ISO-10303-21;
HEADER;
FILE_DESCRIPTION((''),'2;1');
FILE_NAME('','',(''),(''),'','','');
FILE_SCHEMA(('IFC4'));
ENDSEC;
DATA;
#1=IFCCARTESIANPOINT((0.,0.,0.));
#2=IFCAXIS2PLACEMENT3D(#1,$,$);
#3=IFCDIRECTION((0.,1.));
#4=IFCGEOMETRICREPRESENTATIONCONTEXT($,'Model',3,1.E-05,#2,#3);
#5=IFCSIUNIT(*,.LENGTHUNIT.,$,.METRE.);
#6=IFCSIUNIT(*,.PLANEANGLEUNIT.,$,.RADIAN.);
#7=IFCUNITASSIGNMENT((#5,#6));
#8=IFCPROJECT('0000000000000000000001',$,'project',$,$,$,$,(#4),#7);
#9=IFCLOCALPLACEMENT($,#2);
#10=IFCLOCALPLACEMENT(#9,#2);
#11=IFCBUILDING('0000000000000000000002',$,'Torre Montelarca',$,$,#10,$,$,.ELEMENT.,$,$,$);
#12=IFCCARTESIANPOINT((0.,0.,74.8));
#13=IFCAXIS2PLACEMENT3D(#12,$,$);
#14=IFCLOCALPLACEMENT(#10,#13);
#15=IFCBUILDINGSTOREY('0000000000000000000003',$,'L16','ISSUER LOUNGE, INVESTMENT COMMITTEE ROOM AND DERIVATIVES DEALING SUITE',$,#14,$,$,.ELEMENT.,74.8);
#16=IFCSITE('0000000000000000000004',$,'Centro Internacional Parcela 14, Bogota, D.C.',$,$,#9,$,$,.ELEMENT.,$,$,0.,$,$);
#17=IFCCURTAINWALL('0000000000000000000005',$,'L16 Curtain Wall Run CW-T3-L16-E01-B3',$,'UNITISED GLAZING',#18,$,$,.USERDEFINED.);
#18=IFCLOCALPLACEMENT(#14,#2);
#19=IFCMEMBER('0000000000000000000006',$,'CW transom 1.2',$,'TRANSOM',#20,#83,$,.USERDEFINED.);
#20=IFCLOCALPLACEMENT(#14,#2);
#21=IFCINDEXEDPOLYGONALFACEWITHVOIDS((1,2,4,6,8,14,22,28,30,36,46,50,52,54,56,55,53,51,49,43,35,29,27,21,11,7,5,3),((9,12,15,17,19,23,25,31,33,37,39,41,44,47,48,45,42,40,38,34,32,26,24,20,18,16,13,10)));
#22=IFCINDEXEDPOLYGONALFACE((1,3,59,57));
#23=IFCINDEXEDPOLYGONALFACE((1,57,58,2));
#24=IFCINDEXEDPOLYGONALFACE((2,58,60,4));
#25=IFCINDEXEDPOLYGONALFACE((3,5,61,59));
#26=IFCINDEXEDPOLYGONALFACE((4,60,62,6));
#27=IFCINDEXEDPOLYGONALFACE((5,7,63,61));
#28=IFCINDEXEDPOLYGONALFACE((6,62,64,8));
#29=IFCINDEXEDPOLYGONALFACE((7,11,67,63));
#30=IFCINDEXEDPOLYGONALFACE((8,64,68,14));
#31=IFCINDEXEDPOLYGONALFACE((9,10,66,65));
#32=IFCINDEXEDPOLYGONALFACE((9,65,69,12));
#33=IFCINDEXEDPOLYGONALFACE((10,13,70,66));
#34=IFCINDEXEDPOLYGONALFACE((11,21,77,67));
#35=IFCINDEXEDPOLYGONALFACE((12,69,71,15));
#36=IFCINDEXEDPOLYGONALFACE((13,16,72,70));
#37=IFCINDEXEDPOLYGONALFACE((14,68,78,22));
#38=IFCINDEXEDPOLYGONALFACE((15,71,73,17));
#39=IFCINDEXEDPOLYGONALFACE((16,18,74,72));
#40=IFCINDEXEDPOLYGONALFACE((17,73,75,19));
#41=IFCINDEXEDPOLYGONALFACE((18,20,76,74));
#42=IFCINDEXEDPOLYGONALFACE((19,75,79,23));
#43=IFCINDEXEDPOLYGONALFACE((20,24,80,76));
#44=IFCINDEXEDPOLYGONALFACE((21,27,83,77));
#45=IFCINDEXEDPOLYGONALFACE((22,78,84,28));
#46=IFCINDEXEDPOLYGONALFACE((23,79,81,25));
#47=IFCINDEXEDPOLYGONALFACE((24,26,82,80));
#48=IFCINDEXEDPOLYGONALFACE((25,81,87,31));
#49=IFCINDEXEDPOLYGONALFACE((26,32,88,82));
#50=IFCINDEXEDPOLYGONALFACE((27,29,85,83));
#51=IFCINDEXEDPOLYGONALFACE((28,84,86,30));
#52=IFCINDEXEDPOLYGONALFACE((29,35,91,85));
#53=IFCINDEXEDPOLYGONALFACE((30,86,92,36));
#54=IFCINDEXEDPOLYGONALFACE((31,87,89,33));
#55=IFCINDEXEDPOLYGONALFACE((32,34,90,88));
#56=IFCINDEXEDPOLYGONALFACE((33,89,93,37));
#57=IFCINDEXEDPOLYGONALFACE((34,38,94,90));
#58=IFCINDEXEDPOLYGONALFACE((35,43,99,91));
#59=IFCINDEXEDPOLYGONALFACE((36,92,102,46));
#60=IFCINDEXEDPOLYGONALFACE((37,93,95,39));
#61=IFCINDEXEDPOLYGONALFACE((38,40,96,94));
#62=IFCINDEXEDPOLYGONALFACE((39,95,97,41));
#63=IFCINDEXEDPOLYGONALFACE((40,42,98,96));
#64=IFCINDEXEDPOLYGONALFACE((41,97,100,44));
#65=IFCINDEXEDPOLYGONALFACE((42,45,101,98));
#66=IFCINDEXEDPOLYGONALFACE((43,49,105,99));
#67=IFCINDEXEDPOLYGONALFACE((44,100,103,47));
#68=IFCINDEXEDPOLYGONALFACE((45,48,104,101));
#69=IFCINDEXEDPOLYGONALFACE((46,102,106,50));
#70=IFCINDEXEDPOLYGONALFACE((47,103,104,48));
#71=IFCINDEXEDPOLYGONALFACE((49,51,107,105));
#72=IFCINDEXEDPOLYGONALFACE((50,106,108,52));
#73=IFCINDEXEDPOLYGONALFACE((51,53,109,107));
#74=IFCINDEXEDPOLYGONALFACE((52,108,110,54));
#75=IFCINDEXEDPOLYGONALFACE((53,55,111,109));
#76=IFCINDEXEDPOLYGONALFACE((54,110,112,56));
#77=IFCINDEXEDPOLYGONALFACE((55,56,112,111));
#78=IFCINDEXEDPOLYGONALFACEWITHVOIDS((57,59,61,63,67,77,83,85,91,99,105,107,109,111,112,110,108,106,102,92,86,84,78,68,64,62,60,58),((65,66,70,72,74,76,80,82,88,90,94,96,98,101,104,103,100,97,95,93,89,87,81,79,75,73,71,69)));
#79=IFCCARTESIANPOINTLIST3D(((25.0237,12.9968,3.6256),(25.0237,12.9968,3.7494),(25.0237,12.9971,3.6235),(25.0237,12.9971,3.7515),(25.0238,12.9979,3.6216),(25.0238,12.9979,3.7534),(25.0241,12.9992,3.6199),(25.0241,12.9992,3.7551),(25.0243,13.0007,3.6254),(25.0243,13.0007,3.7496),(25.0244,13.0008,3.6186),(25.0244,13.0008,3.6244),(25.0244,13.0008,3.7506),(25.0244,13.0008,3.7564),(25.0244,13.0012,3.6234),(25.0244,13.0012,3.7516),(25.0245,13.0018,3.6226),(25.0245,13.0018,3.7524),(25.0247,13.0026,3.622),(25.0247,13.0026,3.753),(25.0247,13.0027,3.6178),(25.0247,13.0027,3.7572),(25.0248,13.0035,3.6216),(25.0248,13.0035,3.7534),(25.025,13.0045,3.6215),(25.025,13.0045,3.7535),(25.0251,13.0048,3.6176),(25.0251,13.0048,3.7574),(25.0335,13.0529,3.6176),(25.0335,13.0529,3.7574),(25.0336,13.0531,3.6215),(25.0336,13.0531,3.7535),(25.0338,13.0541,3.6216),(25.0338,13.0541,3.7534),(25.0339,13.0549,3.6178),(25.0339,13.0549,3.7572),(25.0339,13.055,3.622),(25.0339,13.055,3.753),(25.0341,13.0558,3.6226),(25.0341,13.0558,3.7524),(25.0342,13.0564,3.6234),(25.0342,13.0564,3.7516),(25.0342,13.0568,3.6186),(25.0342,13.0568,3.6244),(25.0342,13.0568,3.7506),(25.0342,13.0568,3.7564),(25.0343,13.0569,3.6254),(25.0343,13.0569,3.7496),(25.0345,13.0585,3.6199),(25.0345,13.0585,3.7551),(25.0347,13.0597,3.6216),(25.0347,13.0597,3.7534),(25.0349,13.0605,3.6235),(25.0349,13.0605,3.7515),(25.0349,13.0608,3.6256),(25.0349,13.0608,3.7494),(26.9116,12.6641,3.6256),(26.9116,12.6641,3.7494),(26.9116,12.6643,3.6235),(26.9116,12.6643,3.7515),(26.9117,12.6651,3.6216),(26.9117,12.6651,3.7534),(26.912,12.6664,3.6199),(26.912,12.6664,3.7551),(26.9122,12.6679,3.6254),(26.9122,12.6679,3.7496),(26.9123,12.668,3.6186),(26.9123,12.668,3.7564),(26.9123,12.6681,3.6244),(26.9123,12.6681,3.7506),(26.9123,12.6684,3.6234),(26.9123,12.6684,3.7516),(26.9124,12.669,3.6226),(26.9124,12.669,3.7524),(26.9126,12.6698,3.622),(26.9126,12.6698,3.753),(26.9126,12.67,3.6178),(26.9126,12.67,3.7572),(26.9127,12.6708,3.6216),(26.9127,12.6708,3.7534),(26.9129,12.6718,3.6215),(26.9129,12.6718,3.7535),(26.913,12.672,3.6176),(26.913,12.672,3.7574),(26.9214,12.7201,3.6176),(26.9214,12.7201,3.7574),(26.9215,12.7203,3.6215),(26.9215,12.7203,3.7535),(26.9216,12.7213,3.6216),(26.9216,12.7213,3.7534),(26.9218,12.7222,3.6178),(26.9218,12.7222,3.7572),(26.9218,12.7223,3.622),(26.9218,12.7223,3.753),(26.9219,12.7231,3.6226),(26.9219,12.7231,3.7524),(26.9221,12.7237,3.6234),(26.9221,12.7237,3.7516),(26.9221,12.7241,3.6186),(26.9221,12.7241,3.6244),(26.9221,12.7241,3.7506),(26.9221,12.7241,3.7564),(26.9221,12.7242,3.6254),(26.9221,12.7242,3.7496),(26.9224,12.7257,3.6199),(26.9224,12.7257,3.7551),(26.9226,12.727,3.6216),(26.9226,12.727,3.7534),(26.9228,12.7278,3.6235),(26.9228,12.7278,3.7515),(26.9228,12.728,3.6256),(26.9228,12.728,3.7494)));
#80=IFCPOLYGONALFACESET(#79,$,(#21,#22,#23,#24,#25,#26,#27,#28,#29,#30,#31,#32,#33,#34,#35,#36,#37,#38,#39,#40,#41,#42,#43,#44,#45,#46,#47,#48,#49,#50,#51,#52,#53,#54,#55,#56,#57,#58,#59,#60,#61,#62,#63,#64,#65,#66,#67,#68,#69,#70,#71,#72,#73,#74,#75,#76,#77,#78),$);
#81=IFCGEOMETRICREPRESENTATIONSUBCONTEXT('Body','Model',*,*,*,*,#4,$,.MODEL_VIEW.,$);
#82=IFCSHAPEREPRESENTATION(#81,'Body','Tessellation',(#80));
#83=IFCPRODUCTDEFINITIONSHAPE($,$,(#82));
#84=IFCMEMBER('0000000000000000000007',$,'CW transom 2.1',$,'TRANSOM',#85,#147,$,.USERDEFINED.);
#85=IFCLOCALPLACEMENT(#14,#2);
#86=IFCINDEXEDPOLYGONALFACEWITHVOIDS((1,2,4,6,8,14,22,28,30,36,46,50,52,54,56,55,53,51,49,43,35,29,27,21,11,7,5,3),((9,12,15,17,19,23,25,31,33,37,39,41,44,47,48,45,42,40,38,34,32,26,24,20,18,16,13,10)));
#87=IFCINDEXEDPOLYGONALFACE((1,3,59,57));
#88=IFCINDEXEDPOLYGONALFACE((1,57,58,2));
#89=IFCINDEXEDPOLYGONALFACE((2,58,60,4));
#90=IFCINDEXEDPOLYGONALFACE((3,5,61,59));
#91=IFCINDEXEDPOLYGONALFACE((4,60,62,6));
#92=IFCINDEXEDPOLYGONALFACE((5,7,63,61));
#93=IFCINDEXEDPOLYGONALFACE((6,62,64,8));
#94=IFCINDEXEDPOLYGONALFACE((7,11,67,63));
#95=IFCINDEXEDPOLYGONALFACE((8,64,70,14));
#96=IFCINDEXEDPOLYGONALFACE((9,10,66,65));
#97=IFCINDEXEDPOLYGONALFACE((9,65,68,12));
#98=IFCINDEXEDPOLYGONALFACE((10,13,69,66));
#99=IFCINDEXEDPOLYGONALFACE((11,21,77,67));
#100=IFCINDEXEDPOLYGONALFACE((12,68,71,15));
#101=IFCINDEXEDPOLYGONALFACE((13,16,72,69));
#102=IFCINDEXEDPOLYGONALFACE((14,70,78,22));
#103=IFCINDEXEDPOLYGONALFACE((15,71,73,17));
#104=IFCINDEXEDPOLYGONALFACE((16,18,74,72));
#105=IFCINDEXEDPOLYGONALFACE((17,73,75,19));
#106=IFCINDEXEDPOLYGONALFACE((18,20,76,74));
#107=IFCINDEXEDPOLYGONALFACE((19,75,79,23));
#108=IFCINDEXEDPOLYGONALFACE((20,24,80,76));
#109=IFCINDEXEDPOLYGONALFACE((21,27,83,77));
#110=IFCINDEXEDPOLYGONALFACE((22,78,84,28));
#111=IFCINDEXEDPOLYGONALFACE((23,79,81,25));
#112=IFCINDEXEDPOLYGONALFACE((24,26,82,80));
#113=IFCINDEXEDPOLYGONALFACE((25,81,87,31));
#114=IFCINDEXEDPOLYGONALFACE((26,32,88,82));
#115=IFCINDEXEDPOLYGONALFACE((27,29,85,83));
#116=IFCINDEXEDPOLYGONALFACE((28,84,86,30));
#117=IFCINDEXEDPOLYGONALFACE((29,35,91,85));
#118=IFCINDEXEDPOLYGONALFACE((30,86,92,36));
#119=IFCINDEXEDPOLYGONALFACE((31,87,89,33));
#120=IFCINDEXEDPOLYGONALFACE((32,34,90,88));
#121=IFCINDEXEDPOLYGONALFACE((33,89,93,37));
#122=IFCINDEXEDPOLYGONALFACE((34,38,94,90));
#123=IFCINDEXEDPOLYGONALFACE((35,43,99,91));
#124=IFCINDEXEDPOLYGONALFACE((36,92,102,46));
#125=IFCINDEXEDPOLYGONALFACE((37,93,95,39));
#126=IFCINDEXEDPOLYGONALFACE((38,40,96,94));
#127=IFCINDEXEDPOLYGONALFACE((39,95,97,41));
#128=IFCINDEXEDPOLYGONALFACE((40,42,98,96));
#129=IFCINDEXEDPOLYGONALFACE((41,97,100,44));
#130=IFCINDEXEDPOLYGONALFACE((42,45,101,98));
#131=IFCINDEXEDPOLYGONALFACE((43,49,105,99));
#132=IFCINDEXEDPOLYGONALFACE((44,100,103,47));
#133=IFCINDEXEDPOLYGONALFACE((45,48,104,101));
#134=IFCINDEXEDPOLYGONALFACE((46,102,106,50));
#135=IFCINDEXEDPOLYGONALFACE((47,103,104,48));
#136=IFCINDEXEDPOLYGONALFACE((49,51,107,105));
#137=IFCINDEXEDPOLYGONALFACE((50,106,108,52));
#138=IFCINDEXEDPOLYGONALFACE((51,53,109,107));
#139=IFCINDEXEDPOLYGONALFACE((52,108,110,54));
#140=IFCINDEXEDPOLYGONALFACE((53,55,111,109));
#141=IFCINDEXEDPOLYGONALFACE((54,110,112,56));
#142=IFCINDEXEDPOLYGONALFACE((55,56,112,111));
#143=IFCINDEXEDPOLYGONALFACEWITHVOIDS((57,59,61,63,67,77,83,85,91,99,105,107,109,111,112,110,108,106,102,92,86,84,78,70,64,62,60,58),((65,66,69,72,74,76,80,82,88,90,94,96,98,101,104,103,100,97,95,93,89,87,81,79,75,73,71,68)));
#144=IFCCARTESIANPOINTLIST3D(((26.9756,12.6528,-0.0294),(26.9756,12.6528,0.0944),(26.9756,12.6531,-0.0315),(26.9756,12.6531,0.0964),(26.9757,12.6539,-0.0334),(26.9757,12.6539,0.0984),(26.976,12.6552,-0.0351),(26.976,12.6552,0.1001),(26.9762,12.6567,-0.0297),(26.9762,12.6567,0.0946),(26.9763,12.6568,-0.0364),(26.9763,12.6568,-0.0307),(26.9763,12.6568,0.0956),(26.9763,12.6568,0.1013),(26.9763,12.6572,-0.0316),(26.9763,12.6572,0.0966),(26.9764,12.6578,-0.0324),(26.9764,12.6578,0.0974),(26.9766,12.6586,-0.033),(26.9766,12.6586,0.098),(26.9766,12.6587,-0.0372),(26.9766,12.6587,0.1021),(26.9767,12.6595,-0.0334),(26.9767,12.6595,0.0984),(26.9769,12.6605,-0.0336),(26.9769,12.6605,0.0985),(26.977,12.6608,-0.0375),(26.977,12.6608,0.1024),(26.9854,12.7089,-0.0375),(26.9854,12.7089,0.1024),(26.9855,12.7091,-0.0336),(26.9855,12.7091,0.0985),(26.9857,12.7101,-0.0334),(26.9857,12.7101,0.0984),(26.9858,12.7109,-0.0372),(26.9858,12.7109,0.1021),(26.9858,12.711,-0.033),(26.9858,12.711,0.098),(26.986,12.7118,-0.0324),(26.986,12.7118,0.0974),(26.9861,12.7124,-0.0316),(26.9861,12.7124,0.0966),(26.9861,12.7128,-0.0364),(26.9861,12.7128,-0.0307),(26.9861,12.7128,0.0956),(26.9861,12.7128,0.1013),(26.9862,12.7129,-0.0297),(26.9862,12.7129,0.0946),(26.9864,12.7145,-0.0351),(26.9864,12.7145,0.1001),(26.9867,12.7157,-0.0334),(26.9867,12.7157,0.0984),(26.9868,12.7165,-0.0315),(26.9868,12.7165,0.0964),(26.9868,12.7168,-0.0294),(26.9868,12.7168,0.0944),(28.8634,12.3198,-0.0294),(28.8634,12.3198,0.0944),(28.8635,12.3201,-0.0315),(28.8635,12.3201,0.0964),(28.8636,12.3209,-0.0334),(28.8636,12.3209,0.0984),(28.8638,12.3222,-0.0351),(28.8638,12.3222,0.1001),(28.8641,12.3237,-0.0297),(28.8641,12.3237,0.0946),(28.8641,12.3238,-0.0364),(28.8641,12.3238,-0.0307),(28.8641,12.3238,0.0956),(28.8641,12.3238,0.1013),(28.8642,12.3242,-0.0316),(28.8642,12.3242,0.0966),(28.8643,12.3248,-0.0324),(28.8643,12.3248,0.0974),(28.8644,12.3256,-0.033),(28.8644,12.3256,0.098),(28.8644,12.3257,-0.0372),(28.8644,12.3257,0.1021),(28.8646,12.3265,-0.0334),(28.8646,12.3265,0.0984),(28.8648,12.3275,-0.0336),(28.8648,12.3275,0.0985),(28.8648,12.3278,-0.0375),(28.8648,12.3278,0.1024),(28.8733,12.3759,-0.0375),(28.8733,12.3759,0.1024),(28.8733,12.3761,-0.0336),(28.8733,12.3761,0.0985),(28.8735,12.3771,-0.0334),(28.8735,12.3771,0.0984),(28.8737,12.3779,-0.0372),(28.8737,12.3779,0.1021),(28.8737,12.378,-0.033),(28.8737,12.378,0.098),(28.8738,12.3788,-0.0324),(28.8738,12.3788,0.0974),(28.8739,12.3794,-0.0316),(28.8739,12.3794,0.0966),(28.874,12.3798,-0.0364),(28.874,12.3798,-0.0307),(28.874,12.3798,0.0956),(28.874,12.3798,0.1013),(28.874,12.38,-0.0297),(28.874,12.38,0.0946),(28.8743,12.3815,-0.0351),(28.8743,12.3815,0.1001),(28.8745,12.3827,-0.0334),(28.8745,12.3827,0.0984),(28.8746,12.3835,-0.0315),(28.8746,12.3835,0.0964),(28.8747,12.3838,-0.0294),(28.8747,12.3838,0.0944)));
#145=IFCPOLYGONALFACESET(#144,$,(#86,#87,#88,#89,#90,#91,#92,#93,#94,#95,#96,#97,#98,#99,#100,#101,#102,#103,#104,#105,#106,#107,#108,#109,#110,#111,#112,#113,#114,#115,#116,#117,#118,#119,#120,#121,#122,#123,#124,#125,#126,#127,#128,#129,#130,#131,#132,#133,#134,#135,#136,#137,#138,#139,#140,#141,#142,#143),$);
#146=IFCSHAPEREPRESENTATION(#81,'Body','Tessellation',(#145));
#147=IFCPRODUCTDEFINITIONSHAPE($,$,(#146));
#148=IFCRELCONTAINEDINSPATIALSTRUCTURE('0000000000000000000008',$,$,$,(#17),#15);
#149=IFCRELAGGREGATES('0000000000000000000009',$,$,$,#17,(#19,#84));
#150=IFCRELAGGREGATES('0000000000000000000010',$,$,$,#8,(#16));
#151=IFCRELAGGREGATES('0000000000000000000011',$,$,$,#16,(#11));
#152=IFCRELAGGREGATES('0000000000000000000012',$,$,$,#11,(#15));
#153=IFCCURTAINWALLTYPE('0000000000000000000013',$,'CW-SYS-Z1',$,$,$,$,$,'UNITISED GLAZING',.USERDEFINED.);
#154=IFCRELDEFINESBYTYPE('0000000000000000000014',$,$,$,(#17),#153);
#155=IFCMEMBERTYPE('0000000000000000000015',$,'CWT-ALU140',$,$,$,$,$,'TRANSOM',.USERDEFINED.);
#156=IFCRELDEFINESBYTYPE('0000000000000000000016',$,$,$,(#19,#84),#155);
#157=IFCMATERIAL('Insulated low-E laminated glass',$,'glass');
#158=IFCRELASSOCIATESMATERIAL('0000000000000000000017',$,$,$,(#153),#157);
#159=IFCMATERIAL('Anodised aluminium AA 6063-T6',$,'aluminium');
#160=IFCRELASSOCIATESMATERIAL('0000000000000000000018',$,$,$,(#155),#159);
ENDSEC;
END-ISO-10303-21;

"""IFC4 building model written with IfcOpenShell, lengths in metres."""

from ifc_helpers import new_model, si_unit, direction, frame, origin, origin_2d, place, context, subcontext, project, spatial, hollow_rectangle, extrude, source, transform, mapped, material, material_profile, profile_set, type_object, element, aggregate, save


model = new_model("IFC4")

# Units and contexts
model_context = context("Model", 3, precision=1e-05, world=origin(), true_north=direction((0.0, 1.0)))
body_context = subcontext(model_context, "Body", "Model", "MODEL_VIEW")
ifc_project = project(units=[si_unit("LENGTHUNIT", "METRE"), si_unit("PLANEANGLEUNIT", "RADIAN")], contexts=[model_context])

# Site, building, storey
site_placement = place(None, origin())
site = spatial("IfcSite", under=ifc_project, at=site_placement, Name="Centro Internacional Parcela 14, Bogota, D.C.", CompositionType="ELEMENT", RefElevation=0.0)
building_placement = place(site_placement, origin())
building = spatial("IfcBuilding", under=site, at=building_placement, Name="Torre Montelarca", CompositionType="ELEMENT")
storey_placement = place(building_placement, frame((0.0, 0.0, 74.8)))
storey = spatial("IfcBuildingStorey", under=building, at=storey_placement, Name="L16", Description="ISSUER LOUNGE, INVESTMENT COMMITTEE ROOM AND DERIVATIVES DEALING SUITE", CompositionType="ELEMENT", Elevation=74.8)

# Curtain wall, members
ifc_material_1 = material(Name="Insulated low-E laminated glass", Category="glass")
curtain_wall_type = type_object("IfcCurtainWallType", Name="CW-SYS-Z1", ElementType="UNITISED GLAZING", PredefinedType="USERDEFINED", material=ifc_material_1)
curtain_wall_1_placement = place(storey_placement, origin())
curtain_wall_1 = element("IfcCurtainWall", 1, at=curtain_wall_1_placement, inside=storey, type_object=curtain_wall_type, Name="L16 Curtain Wall Run CW-T3-L16-E01-B3", ObjectType="UNITISED GLAZING", PredefinedType="USERDEFINED")
ifc_material_2 = material(Name="Anodised aluminium AA 6063-T6", Category="aluminium")
ifc_material_profile_1 = material_profile(ifc_material_2, hollow_rectangle(XDim=0.0649, YDim=0.1399, WallThickness=0.0039, InnerFilletRadius=0.0039, OuterFilletRadius=0.0081, at=origin_2d()), Name="ALU65X140X4", Category="aluminium")
ifc_profile_set_1 = profile_set([ifc_material_profile_1], Name="Anodised aluminium AA 6063-T6")
member_type_1 = type_object("IfcMemberType", Name="CWT-ALU140", ElementType="TRANSOM", PredefinedType="USERDEFINED", material=ifc_profile_set_1)
shared_shape_1 = source(origin(), body_context, "Body", "SweptSolid", [
    extrude(hollow_rectangle(XDim=0.0649, YDim=0.1399, WallThickness=0.0039, InnerFilletRadius=0.0039, OuterFilletRadius=0.0081, at=origin_2d()), origin(), (0.0, 0.0, 1.0), 1.917),
])
member_1_placement = place(storey_placement, frame((25.0293, 13.0288, 3.6875), z_axis=(0.984819, -0.173582, 0.0), x_axis=(0.173582, 0.984819, 0.0)))
member_1 = element("IfcMember", 2, at=member_1_placement, type_object=member_type_1, Name="CW transom 1.2", ObjectType="TRANSOM", PredefinedType="USERDEFINED", context=body_context, shape_type="MappedRepresentation", body=[
    mapped(shared_shape_1, transform((0.0, 0.0, 0.0), scale=1.0)),
])
member_2_placement = place(storey_placement, frame((26.9812, 12.6848, 0.0325), z_axis=(0.984798, -0.173705, 0.0), x_axis=(0.173705, 0.984798, 0.0)))
member_2 = element("IfcMember", 3, at=member_2_placement, type_object=member_type_1, Name="CW transom 2.1", ObjectType="TRANSOM", PredefinedType="USERDEFINED", context=body_context, shape_type="MappedRepresentation", body=[
    mapped(shared_shape_1, transform((0.0, 0.0, 0.0), scale=1.0)),
])

aggregate(curtain_wall_1, [member_1, member_2])

save(model, "model.ifc")
